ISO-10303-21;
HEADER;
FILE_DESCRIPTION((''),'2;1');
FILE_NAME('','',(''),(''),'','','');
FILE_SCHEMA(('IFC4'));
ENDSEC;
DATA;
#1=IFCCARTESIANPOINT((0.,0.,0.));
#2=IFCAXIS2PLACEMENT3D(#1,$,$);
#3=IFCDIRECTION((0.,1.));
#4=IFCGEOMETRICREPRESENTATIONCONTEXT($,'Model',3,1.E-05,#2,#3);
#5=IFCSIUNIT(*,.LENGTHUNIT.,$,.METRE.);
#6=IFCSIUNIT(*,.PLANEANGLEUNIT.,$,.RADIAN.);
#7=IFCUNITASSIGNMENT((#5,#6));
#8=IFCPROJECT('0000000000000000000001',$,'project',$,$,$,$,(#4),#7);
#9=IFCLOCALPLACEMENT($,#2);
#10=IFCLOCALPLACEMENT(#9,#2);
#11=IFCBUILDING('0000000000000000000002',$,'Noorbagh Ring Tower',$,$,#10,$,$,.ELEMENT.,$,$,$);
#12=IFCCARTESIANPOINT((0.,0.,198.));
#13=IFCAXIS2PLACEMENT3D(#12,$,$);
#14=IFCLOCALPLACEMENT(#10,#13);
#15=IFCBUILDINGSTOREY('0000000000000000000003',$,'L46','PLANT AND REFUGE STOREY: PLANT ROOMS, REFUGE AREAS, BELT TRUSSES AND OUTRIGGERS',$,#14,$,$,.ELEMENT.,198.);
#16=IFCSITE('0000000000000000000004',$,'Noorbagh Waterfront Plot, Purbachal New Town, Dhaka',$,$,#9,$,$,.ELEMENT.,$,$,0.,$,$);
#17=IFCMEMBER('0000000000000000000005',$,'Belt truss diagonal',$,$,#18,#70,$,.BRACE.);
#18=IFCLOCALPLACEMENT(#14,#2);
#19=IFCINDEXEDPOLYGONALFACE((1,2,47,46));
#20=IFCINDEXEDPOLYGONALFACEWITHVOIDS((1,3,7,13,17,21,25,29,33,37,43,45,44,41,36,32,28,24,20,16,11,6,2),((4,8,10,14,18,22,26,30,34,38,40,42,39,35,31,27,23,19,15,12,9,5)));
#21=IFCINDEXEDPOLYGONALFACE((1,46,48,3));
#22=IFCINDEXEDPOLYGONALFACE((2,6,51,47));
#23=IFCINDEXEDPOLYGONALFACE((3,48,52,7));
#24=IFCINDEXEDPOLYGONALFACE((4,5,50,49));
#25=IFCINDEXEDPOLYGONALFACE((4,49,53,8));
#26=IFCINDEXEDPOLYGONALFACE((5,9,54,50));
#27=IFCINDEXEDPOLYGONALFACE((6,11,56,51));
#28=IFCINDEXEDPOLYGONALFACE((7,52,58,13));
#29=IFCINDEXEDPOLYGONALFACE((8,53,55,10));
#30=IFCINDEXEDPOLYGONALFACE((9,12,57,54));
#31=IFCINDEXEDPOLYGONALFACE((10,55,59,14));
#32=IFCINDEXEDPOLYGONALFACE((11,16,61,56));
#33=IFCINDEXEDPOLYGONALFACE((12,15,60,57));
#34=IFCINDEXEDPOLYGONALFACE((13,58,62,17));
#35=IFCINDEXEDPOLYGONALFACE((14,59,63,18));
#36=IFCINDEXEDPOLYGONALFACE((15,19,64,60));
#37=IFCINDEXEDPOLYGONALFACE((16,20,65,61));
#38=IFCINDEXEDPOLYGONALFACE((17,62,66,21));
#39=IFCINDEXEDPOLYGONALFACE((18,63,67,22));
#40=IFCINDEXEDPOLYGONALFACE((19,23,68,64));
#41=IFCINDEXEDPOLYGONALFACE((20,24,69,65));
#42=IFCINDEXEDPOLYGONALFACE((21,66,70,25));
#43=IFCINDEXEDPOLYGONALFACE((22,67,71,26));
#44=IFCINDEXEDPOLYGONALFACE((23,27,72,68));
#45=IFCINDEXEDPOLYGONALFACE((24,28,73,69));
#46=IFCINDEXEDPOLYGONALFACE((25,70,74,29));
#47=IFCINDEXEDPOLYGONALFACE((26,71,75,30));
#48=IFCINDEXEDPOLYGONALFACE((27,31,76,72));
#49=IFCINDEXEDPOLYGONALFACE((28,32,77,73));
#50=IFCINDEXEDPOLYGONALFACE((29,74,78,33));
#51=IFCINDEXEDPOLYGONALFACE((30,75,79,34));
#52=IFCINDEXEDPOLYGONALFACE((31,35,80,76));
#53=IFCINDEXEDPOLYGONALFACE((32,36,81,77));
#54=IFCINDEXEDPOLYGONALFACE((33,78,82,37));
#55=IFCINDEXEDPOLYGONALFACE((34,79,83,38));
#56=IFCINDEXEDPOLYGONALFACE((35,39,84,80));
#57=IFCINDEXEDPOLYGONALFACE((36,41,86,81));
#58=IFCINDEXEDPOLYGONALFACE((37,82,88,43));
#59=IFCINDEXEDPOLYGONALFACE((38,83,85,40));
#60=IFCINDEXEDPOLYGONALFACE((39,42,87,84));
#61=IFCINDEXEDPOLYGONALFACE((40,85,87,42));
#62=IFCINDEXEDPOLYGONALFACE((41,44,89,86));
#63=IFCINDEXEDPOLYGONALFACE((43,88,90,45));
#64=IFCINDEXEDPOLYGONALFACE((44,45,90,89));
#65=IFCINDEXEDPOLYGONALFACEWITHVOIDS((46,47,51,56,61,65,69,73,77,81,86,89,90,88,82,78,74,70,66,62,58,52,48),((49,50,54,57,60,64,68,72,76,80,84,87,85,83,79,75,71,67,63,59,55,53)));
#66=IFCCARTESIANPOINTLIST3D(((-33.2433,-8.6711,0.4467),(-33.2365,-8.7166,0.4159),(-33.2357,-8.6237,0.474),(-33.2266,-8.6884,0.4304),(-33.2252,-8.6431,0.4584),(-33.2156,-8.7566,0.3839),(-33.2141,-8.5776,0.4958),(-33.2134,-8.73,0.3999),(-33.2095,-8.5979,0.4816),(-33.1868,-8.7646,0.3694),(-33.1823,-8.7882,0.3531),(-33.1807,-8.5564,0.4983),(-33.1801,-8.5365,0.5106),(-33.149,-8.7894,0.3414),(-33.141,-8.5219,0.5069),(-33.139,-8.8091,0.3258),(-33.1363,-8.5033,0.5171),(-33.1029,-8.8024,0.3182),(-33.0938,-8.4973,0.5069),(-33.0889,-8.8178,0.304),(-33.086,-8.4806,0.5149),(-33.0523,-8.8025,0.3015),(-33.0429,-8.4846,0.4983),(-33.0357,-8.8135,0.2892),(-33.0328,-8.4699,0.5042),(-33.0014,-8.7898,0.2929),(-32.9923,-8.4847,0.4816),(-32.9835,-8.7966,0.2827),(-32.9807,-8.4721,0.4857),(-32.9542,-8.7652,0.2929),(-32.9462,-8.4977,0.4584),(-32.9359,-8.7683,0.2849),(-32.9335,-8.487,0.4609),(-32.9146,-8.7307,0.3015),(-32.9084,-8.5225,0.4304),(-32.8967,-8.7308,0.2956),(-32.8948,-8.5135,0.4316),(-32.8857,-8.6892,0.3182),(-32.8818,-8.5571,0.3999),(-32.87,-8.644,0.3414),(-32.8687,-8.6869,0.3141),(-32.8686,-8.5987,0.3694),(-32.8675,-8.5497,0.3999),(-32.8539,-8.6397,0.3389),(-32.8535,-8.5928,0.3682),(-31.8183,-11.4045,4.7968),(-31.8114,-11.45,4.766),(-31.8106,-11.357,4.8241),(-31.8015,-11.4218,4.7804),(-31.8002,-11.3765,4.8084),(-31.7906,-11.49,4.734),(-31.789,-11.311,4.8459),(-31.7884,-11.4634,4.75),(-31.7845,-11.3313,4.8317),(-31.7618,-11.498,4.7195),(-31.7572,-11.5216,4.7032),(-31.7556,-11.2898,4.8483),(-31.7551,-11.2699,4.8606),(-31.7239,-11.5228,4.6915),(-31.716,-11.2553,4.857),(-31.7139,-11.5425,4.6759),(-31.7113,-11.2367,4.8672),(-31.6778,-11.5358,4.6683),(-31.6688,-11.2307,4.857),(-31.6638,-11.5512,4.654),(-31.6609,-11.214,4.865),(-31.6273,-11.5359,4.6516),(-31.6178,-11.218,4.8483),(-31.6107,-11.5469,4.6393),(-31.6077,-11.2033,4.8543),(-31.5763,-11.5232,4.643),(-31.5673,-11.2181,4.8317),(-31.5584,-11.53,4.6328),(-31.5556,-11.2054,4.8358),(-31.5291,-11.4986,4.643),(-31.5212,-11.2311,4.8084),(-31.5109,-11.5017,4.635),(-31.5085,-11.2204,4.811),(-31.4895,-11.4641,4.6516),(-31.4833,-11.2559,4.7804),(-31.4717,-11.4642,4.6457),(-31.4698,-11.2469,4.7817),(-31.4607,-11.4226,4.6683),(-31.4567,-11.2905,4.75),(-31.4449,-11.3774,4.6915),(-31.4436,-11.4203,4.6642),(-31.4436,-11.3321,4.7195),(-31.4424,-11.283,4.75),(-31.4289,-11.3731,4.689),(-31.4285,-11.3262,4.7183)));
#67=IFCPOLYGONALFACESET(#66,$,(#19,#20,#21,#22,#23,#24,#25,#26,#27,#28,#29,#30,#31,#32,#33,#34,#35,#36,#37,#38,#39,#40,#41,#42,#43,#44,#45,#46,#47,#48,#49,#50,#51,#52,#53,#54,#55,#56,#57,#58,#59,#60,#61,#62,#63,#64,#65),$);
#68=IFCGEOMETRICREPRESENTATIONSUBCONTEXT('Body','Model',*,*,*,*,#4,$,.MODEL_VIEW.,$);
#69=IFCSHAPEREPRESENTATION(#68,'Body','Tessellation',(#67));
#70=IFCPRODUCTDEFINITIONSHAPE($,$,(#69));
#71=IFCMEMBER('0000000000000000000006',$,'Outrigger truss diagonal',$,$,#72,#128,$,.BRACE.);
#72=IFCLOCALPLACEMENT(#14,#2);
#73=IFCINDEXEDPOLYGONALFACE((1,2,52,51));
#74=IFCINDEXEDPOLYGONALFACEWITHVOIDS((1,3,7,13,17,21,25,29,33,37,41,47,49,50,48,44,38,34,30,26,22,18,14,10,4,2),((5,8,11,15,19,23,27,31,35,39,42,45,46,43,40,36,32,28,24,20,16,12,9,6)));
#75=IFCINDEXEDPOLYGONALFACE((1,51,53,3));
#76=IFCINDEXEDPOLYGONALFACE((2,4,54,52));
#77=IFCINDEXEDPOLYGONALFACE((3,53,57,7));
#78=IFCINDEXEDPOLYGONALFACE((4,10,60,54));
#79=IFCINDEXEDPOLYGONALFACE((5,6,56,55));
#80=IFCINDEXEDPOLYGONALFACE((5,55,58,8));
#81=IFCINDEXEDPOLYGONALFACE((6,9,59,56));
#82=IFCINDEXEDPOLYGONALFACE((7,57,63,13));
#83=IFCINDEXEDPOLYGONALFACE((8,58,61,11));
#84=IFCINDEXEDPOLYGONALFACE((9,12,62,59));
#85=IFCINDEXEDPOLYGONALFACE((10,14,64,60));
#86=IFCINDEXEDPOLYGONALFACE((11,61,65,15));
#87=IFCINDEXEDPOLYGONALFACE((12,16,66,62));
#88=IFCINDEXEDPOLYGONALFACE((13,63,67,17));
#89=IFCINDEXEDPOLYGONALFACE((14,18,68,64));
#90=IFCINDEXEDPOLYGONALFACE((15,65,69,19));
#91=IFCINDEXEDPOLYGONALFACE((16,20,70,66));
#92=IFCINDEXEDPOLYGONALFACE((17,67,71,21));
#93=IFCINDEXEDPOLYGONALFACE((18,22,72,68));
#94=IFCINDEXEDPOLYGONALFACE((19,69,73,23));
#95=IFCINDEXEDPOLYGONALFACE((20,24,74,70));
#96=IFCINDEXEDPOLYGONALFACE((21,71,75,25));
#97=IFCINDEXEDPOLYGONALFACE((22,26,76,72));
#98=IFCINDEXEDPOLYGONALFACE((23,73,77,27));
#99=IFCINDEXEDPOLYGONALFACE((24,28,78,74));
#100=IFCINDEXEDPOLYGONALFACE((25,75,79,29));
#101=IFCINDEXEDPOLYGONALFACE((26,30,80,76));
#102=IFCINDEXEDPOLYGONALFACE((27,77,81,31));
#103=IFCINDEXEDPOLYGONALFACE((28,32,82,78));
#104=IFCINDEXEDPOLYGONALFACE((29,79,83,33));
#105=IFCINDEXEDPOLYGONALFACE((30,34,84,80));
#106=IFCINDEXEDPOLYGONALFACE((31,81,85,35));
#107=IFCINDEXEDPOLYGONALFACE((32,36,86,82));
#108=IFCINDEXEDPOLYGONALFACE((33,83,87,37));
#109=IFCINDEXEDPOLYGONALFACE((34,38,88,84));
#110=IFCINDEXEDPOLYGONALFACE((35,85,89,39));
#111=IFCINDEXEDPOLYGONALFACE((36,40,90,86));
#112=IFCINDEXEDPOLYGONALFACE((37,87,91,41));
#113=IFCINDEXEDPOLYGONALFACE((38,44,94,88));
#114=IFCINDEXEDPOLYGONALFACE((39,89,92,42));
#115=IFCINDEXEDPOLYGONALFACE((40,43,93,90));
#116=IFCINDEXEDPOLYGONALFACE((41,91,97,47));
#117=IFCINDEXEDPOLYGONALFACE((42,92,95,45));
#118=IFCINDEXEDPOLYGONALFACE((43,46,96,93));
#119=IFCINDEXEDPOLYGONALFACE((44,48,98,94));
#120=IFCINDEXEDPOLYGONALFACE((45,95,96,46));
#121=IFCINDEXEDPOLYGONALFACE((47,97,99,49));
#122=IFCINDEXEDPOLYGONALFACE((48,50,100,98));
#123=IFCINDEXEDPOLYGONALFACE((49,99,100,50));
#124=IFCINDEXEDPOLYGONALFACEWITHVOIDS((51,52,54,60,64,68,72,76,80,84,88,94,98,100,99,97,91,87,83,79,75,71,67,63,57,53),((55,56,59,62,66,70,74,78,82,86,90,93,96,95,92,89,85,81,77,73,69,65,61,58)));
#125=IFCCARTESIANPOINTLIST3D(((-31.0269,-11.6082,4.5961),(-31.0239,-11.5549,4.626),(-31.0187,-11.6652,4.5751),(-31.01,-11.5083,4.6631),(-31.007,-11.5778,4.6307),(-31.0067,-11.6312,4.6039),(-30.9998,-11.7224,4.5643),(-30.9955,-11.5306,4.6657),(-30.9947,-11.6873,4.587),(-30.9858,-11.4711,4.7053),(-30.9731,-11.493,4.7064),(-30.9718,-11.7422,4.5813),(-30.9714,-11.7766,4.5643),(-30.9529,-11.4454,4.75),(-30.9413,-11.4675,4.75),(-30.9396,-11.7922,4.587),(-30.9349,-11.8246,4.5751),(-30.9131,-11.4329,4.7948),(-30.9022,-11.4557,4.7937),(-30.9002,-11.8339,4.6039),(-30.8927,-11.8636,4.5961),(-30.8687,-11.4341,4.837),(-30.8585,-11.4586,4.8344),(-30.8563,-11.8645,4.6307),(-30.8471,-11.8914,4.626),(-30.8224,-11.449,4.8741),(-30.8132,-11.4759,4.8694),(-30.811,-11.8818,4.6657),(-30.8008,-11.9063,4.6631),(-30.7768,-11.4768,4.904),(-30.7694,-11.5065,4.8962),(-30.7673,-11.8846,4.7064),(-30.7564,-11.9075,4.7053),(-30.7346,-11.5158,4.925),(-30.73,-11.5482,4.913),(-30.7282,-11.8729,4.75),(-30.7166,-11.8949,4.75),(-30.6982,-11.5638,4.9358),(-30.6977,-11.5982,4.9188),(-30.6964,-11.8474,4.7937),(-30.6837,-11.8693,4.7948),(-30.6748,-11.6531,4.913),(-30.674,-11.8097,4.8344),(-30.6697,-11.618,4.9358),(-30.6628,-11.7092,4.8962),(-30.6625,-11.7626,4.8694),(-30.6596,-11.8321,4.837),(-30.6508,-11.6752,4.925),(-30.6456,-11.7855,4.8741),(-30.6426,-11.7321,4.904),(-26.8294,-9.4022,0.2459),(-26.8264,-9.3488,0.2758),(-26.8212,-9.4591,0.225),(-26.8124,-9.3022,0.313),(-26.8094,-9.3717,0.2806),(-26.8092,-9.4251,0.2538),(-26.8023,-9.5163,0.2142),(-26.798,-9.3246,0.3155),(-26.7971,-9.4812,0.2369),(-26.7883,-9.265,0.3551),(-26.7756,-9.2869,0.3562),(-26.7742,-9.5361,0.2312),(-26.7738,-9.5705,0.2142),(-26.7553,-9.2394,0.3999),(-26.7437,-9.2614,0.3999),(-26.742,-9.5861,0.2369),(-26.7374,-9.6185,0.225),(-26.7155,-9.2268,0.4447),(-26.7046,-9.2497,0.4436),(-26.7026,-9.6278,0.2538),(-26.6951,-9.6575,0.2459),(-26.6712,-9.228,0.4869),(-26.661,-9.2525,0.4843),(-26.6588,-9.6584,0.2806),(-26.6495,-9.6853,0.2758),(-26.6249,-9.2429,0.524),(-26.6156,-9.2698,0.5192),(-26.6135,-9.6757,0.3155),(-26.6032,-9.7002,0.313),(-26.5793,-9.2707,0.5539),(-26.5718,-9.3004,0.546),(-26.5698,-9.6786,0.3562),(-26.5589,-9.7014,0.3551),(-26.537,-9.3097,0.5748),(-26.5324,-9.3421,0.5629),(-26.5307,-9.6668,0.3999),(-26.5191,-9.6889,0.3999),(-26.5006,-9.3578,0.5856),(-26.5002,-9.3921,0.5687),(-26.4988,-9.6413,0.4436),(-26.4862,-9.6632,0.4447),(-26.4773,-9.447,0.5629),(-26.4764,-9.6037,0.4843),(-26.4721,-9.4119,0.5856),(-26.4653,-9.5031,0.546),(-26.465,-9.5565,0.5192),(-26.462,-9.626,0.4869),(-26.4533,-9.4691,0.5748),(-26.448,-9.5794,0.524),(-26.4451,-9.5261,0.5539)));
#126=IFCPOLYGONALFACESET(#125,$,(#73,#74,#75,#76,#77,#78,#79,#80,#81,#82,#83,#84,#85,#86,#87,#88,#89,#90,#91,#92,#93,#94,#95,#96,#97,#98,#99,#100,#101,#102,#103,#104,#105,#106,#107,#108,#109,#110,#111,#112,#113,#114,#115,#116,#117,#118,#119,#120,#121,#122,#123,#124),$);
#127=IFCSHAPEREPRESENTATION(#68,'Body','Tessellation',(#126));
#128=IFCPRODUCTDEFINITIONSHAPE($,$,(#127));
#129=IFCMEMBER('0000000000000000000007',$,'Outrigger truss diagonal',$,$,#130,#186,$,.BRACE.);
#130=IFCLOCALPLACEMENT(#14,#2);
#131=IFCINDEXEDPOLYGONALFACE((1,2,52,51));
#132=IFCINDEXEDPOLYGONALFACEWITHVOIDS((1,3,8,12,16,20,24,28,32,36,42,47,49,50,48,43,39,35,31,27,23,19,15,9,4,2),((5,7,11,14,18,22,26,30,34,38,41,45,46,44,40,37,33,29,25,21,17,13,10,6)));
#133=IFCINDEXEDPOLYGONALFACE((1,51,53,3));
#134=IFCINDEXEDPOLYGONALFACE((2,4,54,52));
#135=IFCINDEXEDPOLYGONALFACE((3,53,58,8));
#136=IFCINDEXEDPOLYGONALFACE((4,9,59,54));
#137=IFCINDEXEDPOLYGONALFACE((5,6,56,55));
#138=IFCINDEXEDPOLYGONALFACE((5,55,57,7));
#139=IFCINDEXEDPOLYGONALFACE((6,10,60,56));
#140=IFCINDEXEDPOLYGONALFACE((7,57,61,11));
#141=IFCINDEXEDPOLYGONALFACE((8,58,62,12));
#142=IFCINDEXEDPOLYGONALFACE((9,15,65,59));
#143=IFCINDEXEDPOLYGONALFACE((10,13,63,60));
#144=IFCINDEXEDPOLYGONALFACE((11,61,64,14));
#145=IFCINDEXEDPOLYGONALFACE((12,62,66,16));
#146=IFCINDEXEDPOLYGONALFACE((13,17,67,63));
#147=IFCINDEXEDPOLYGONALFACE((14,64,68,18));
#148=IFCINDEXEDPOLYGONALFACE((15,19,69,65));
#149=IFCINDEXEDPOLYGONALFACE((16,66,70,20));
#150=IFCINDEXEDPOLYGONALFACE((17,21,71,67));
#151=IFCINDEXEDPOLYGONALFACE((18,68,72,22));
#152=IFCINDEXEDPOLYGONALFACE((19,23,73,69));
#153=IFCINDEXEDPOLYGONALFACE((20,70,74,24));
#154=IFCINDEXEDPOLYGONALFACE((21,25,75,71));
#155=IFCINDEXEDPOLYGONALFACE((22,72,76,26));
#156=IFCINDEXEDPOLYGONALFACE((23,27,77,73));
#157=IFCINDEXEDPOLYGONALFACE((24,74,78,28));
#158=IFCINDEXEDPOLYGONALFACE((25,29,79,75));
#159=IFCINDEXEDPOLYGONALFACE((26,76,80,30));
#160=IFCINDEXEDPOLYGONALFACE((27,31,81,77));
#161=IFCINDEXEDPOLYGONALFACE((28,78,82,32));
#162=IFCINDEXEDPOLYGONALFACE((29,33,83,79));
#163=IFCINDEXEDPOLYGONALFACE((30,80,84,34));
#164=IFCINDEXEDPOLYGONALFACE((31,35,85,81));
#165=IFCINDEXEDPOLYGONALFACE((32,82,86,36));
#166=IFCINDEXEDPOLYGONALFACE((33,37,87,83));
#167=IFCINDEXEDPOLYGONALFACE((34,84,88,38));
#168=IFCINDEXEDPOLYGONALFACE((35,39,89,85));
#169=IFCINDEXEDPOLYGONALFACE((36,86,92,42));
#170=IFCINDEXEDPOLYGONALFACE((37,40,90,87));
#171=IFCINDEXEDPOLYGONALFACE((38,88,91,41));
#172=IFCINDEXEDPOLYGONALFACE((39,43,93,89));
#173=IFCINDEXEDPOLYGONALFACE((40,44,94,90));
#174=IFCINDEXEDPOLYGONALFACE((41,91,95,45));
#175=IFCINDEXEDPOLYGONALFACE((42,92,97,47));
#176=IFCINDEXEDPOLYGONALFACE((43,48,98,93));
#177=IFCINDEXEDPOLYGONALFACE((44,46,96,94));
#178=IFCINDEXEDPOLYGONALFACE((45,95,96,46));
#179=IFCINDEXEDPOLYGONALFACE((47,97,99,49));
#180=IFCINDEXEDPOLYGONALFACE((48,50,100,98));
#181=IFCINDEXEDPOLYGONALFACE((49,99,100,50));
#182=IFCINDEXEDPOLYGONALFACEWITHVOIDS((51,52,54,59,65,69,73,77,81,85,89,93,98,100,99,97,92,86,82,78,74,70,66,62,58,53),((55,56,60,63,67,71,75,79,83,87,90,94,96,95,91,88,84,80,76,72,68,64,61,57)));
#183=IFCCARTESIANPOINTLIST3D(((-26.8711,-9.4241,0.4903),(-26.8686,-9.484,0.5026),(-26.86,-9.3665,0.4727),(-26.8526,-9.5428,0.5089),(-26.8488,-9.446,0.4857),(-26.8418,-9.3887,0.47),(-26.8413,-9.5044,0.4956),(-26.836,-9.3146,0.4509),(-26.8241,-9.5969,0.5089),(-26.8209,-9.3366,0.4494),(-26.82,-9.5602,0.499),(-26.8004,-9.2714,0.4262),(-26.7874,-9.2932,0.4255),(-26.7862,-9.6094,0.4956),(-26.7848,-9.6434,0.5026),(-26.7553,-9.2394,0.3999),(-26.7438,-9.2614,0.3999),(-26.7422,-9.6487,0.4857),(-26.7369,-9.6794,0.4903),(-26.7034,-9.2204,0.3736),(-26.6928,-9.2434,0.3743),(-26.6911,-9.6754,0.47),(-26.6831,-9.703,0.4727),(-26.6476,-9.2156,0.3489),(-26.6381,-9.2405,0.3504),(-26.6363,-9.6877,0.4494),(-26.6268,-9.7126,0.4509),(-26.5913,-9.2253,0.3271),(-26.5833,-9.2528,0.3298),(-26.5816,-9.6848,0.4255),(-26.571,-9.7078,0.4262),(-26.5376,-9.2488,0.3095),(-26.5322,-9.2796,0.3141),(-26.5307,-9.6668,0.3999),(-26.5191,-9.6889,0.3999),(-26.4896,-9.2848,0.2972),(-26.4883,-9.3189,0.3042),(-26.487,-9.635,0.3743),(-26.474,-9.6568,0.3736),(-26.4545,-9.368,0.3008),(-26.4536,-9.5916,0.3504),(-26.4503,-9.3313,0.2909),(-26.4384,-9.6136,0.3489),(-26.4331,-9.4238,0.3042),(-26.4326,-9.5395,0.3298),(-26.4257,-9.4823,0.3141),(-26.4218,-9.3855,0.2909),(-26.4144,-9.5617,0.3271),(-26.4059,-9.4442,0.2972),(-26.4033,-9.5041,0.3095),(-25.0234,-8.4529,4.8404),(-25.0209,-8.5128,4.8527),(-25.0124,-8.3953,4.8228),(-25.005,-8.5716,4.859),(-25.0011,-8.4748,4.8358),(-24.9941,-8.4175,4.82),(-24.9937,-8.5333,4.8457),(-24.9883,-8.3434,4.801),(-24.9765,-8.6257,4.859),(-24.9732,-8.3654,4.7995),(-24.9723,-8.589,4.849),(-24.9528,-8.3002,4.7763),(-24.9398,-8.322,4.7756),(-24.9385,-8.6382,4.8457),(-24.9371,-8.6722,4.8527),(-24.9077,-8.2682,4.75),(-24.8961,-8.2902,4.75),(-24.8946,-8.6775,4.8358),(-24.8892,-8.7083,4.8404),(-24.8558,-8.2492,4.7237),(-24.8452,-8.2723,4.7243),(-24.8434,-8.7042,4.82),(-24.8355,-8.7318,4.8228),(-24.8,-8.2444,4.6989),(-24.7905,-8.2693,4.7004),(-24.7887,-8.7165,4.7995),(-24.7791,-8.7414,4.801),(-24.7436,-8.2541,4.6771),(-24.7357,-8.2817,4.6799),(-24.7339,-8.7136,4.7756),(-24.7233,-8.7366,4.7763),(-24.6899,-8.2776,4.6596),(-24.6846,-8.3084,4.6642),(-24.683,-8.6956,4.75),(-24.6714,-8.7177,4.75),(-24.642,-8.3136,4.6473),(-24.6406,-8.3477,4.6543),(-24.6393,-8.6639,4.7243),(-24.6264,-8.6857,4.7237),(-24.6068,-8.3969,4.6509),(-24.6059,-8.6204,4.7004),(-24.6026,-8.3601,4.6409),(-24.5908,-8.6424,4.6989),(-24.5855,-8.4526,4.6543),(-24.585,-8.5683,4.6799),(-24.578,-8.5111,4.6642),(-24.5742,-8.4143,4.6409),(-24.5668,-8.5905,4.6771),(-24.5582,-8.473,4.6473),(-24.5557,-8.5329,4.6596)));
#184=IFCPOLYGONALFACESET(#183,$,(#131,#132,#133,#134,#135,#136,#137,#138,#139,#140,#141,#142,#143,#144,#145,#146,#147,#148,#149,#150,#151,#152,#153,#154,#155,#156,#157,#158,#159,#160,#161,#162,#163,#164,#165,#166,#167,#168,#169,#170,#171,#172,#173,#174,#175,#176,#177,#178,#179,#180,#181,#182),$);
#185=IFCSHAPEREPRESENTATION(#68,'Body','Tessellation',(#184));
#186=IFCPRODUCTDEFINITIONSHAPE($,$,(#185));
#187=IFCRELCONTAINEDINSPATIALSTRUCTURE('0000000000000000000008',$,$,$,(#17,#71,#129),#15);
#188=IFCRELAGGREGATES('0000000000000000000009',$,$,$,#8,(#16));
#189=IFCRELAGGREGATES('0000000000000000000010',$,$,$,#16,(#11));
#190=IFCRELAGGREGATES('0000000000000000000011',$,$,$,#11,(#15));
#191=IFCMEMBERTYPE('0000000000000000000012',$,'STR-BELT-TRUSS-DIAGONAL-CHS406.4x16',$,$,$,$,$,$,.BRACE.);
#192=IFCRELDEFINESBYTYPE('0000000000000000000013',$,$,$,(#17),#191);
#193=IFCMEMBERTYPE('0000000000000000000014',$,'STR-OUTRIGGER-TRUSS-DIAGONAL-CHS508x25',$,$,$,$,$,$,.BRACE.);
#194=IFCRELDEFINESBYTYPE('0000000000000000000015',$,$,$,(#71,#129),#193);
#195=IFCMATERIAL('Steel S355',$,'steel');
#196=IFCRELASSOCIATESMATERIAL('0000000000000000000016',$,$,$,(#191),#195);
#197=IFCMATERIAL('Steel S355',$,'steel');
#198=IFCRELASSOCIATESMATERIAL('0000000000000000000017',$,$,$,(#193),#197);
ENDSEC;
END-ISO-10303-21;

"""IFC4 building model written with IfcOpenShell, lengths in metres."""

from ifc_helpers import new_model, si_unit, direction, frame, origin, origin_2d, place, context, subcontext, project, spatial, hollow_circle, extrude, material, material_profile, profile_set, type_object, element, save


model = new_model("IFC4")

# Units and contexts
model_context = context("Model", 3, precision=1e-05, world=origin(), true_north=direction((0.0, 1.0)))
body_context = subcontext(model_context, "Body", "Model", "MODEL_VIEW")
ifc_project = project(units=[si_unit("LENGTHUNIT", "METRE"), si_unit("PLANEANGLEUNIT", "RADIAN")], contexts=[model_context])

# Site, building, storey
site_placement = place(None, origin())
site = spatial("IfcSite", under=ifc_project, at=site_placement, Name="Noorbagh Waterfront Plot, Purbachal New Town, Dhaka", CompositionType="ELEMENT", RefElevation=0.0)
building_placement = place(site_placement, origin())
building = spatial("IfcBuilding", under=site, at=building_placement, Name="Noorbagh Ring Tower", CompositionType="ELEMENT")
storey_placement = place(building_placement, frame((0.0, 0.0, 198.0)))
storey = spatial("IfcBuildingStorey", under=building, at=storey_placement, Name="L46", Description="PLANT AND REFUGE STOREY: PLANT ROOMS, REFUGE AREAS, BELT TRUSSES AND OUTRIGGERS", CompositionType="ELEMENT", Elevation=198.0)

# Members
ifc_material_1 = material(Name="Steel S355", Category="steel")
ifc_material_profile_1 = material_profile(ifc_material_1, hollow_circle(Radius=0.2031, WallThickness=0.0161, at=origin_2d()), Name="CHS406.4x16")
ifc_profile_set_1 = profile_set([ifc_material_profile_1], Name="Steel S355")
member_type_1 = type_object("IfcMemberType", Name="STR-BELT-TRUSS-DIAGONAL-CHS406.4x16", PredefinedType="BRACE", material=ifc_profile_set_1)
member_1_placement = place(storey_placement, frame((-33.0476, -8.6436, 0.3999), z_axis=(0.267285, -0.512682, 0.815914), x_axis=(0.886727, 0.462293, 0.0)))
element("IfcMember", 1, at=member_1_placement, inside=storey, type_object=member_type_1, Name="Belt truss diagonal", PredefinedType="BRACE", context=body_context, shape_type="SweptSolid", body=[
    extrude(hollow_circle(Radius=0.2031, WallThickness=0.0161, at=origin_2d()), origin(), (0.0, 0.0, 1.0), 5.3315),
])
ifc_material_2 = material(Name="Steel S355", Category="steel")
ifc_material_profile_2 = material_profile(ifc_material_2, hollow_circle(Radius=0.2539, WallThickness=0.0249, at=origin_2d()), Name="CHS508x25")
ifc_profile_set_2 = profile_set([ifc_material_profile_2], Name="Steel S355")
member_type_2 = type_object("IfcMemberType", Name="STR-OUTRIGGER-TRUSS-DIAGONAL-CHS508x25", PredefinedType="BRACE", material=ifc_profile_set_2)
member_2_placement = place(storey_placement, frame((-26.6372, -9.4641, 0.3999), z_axis=(-0.652295, -0.342822, 0.676007), x_axis=(0.465224, -0.885193, 0.0)))
element("IfcMember", 2, at=member_2_placement, inside=storey, type_object=member_type_2, Name="Outrigger truss diagonal", PredefinedType="BRACE", context=body_context, shape_type="SweptSolid", body=[
    extrude(hollow_circle(Radius=0.2539, WallThickness=0.0249, at=origin_2d()), origin(), (0.0, 0.0, 1.0), 6.4351),
])
member_3_placement = place(storey_placement, frame((-26.6372, -9.4641, 0.3999), z_axis=(0.382936, 0.201284, 0.901579), x_axis=(-0.465274, 0.885167, 0.0)))
element("IfcMember", 3, at=member_3_placement, inside=storey, type_object=member_type_2, Name="Outrigger truss diagonal", PredefinedType="BRACE", context=body_context, shape_type="SweptSolid", body=[
    extrude(hollow_circle(Radius=0.2539, WallThickness=0.0249, at=origin_2d()), origin(), (0.0, 0.0, 1.0), 4.825),
])

save(model, "model.ifc")
